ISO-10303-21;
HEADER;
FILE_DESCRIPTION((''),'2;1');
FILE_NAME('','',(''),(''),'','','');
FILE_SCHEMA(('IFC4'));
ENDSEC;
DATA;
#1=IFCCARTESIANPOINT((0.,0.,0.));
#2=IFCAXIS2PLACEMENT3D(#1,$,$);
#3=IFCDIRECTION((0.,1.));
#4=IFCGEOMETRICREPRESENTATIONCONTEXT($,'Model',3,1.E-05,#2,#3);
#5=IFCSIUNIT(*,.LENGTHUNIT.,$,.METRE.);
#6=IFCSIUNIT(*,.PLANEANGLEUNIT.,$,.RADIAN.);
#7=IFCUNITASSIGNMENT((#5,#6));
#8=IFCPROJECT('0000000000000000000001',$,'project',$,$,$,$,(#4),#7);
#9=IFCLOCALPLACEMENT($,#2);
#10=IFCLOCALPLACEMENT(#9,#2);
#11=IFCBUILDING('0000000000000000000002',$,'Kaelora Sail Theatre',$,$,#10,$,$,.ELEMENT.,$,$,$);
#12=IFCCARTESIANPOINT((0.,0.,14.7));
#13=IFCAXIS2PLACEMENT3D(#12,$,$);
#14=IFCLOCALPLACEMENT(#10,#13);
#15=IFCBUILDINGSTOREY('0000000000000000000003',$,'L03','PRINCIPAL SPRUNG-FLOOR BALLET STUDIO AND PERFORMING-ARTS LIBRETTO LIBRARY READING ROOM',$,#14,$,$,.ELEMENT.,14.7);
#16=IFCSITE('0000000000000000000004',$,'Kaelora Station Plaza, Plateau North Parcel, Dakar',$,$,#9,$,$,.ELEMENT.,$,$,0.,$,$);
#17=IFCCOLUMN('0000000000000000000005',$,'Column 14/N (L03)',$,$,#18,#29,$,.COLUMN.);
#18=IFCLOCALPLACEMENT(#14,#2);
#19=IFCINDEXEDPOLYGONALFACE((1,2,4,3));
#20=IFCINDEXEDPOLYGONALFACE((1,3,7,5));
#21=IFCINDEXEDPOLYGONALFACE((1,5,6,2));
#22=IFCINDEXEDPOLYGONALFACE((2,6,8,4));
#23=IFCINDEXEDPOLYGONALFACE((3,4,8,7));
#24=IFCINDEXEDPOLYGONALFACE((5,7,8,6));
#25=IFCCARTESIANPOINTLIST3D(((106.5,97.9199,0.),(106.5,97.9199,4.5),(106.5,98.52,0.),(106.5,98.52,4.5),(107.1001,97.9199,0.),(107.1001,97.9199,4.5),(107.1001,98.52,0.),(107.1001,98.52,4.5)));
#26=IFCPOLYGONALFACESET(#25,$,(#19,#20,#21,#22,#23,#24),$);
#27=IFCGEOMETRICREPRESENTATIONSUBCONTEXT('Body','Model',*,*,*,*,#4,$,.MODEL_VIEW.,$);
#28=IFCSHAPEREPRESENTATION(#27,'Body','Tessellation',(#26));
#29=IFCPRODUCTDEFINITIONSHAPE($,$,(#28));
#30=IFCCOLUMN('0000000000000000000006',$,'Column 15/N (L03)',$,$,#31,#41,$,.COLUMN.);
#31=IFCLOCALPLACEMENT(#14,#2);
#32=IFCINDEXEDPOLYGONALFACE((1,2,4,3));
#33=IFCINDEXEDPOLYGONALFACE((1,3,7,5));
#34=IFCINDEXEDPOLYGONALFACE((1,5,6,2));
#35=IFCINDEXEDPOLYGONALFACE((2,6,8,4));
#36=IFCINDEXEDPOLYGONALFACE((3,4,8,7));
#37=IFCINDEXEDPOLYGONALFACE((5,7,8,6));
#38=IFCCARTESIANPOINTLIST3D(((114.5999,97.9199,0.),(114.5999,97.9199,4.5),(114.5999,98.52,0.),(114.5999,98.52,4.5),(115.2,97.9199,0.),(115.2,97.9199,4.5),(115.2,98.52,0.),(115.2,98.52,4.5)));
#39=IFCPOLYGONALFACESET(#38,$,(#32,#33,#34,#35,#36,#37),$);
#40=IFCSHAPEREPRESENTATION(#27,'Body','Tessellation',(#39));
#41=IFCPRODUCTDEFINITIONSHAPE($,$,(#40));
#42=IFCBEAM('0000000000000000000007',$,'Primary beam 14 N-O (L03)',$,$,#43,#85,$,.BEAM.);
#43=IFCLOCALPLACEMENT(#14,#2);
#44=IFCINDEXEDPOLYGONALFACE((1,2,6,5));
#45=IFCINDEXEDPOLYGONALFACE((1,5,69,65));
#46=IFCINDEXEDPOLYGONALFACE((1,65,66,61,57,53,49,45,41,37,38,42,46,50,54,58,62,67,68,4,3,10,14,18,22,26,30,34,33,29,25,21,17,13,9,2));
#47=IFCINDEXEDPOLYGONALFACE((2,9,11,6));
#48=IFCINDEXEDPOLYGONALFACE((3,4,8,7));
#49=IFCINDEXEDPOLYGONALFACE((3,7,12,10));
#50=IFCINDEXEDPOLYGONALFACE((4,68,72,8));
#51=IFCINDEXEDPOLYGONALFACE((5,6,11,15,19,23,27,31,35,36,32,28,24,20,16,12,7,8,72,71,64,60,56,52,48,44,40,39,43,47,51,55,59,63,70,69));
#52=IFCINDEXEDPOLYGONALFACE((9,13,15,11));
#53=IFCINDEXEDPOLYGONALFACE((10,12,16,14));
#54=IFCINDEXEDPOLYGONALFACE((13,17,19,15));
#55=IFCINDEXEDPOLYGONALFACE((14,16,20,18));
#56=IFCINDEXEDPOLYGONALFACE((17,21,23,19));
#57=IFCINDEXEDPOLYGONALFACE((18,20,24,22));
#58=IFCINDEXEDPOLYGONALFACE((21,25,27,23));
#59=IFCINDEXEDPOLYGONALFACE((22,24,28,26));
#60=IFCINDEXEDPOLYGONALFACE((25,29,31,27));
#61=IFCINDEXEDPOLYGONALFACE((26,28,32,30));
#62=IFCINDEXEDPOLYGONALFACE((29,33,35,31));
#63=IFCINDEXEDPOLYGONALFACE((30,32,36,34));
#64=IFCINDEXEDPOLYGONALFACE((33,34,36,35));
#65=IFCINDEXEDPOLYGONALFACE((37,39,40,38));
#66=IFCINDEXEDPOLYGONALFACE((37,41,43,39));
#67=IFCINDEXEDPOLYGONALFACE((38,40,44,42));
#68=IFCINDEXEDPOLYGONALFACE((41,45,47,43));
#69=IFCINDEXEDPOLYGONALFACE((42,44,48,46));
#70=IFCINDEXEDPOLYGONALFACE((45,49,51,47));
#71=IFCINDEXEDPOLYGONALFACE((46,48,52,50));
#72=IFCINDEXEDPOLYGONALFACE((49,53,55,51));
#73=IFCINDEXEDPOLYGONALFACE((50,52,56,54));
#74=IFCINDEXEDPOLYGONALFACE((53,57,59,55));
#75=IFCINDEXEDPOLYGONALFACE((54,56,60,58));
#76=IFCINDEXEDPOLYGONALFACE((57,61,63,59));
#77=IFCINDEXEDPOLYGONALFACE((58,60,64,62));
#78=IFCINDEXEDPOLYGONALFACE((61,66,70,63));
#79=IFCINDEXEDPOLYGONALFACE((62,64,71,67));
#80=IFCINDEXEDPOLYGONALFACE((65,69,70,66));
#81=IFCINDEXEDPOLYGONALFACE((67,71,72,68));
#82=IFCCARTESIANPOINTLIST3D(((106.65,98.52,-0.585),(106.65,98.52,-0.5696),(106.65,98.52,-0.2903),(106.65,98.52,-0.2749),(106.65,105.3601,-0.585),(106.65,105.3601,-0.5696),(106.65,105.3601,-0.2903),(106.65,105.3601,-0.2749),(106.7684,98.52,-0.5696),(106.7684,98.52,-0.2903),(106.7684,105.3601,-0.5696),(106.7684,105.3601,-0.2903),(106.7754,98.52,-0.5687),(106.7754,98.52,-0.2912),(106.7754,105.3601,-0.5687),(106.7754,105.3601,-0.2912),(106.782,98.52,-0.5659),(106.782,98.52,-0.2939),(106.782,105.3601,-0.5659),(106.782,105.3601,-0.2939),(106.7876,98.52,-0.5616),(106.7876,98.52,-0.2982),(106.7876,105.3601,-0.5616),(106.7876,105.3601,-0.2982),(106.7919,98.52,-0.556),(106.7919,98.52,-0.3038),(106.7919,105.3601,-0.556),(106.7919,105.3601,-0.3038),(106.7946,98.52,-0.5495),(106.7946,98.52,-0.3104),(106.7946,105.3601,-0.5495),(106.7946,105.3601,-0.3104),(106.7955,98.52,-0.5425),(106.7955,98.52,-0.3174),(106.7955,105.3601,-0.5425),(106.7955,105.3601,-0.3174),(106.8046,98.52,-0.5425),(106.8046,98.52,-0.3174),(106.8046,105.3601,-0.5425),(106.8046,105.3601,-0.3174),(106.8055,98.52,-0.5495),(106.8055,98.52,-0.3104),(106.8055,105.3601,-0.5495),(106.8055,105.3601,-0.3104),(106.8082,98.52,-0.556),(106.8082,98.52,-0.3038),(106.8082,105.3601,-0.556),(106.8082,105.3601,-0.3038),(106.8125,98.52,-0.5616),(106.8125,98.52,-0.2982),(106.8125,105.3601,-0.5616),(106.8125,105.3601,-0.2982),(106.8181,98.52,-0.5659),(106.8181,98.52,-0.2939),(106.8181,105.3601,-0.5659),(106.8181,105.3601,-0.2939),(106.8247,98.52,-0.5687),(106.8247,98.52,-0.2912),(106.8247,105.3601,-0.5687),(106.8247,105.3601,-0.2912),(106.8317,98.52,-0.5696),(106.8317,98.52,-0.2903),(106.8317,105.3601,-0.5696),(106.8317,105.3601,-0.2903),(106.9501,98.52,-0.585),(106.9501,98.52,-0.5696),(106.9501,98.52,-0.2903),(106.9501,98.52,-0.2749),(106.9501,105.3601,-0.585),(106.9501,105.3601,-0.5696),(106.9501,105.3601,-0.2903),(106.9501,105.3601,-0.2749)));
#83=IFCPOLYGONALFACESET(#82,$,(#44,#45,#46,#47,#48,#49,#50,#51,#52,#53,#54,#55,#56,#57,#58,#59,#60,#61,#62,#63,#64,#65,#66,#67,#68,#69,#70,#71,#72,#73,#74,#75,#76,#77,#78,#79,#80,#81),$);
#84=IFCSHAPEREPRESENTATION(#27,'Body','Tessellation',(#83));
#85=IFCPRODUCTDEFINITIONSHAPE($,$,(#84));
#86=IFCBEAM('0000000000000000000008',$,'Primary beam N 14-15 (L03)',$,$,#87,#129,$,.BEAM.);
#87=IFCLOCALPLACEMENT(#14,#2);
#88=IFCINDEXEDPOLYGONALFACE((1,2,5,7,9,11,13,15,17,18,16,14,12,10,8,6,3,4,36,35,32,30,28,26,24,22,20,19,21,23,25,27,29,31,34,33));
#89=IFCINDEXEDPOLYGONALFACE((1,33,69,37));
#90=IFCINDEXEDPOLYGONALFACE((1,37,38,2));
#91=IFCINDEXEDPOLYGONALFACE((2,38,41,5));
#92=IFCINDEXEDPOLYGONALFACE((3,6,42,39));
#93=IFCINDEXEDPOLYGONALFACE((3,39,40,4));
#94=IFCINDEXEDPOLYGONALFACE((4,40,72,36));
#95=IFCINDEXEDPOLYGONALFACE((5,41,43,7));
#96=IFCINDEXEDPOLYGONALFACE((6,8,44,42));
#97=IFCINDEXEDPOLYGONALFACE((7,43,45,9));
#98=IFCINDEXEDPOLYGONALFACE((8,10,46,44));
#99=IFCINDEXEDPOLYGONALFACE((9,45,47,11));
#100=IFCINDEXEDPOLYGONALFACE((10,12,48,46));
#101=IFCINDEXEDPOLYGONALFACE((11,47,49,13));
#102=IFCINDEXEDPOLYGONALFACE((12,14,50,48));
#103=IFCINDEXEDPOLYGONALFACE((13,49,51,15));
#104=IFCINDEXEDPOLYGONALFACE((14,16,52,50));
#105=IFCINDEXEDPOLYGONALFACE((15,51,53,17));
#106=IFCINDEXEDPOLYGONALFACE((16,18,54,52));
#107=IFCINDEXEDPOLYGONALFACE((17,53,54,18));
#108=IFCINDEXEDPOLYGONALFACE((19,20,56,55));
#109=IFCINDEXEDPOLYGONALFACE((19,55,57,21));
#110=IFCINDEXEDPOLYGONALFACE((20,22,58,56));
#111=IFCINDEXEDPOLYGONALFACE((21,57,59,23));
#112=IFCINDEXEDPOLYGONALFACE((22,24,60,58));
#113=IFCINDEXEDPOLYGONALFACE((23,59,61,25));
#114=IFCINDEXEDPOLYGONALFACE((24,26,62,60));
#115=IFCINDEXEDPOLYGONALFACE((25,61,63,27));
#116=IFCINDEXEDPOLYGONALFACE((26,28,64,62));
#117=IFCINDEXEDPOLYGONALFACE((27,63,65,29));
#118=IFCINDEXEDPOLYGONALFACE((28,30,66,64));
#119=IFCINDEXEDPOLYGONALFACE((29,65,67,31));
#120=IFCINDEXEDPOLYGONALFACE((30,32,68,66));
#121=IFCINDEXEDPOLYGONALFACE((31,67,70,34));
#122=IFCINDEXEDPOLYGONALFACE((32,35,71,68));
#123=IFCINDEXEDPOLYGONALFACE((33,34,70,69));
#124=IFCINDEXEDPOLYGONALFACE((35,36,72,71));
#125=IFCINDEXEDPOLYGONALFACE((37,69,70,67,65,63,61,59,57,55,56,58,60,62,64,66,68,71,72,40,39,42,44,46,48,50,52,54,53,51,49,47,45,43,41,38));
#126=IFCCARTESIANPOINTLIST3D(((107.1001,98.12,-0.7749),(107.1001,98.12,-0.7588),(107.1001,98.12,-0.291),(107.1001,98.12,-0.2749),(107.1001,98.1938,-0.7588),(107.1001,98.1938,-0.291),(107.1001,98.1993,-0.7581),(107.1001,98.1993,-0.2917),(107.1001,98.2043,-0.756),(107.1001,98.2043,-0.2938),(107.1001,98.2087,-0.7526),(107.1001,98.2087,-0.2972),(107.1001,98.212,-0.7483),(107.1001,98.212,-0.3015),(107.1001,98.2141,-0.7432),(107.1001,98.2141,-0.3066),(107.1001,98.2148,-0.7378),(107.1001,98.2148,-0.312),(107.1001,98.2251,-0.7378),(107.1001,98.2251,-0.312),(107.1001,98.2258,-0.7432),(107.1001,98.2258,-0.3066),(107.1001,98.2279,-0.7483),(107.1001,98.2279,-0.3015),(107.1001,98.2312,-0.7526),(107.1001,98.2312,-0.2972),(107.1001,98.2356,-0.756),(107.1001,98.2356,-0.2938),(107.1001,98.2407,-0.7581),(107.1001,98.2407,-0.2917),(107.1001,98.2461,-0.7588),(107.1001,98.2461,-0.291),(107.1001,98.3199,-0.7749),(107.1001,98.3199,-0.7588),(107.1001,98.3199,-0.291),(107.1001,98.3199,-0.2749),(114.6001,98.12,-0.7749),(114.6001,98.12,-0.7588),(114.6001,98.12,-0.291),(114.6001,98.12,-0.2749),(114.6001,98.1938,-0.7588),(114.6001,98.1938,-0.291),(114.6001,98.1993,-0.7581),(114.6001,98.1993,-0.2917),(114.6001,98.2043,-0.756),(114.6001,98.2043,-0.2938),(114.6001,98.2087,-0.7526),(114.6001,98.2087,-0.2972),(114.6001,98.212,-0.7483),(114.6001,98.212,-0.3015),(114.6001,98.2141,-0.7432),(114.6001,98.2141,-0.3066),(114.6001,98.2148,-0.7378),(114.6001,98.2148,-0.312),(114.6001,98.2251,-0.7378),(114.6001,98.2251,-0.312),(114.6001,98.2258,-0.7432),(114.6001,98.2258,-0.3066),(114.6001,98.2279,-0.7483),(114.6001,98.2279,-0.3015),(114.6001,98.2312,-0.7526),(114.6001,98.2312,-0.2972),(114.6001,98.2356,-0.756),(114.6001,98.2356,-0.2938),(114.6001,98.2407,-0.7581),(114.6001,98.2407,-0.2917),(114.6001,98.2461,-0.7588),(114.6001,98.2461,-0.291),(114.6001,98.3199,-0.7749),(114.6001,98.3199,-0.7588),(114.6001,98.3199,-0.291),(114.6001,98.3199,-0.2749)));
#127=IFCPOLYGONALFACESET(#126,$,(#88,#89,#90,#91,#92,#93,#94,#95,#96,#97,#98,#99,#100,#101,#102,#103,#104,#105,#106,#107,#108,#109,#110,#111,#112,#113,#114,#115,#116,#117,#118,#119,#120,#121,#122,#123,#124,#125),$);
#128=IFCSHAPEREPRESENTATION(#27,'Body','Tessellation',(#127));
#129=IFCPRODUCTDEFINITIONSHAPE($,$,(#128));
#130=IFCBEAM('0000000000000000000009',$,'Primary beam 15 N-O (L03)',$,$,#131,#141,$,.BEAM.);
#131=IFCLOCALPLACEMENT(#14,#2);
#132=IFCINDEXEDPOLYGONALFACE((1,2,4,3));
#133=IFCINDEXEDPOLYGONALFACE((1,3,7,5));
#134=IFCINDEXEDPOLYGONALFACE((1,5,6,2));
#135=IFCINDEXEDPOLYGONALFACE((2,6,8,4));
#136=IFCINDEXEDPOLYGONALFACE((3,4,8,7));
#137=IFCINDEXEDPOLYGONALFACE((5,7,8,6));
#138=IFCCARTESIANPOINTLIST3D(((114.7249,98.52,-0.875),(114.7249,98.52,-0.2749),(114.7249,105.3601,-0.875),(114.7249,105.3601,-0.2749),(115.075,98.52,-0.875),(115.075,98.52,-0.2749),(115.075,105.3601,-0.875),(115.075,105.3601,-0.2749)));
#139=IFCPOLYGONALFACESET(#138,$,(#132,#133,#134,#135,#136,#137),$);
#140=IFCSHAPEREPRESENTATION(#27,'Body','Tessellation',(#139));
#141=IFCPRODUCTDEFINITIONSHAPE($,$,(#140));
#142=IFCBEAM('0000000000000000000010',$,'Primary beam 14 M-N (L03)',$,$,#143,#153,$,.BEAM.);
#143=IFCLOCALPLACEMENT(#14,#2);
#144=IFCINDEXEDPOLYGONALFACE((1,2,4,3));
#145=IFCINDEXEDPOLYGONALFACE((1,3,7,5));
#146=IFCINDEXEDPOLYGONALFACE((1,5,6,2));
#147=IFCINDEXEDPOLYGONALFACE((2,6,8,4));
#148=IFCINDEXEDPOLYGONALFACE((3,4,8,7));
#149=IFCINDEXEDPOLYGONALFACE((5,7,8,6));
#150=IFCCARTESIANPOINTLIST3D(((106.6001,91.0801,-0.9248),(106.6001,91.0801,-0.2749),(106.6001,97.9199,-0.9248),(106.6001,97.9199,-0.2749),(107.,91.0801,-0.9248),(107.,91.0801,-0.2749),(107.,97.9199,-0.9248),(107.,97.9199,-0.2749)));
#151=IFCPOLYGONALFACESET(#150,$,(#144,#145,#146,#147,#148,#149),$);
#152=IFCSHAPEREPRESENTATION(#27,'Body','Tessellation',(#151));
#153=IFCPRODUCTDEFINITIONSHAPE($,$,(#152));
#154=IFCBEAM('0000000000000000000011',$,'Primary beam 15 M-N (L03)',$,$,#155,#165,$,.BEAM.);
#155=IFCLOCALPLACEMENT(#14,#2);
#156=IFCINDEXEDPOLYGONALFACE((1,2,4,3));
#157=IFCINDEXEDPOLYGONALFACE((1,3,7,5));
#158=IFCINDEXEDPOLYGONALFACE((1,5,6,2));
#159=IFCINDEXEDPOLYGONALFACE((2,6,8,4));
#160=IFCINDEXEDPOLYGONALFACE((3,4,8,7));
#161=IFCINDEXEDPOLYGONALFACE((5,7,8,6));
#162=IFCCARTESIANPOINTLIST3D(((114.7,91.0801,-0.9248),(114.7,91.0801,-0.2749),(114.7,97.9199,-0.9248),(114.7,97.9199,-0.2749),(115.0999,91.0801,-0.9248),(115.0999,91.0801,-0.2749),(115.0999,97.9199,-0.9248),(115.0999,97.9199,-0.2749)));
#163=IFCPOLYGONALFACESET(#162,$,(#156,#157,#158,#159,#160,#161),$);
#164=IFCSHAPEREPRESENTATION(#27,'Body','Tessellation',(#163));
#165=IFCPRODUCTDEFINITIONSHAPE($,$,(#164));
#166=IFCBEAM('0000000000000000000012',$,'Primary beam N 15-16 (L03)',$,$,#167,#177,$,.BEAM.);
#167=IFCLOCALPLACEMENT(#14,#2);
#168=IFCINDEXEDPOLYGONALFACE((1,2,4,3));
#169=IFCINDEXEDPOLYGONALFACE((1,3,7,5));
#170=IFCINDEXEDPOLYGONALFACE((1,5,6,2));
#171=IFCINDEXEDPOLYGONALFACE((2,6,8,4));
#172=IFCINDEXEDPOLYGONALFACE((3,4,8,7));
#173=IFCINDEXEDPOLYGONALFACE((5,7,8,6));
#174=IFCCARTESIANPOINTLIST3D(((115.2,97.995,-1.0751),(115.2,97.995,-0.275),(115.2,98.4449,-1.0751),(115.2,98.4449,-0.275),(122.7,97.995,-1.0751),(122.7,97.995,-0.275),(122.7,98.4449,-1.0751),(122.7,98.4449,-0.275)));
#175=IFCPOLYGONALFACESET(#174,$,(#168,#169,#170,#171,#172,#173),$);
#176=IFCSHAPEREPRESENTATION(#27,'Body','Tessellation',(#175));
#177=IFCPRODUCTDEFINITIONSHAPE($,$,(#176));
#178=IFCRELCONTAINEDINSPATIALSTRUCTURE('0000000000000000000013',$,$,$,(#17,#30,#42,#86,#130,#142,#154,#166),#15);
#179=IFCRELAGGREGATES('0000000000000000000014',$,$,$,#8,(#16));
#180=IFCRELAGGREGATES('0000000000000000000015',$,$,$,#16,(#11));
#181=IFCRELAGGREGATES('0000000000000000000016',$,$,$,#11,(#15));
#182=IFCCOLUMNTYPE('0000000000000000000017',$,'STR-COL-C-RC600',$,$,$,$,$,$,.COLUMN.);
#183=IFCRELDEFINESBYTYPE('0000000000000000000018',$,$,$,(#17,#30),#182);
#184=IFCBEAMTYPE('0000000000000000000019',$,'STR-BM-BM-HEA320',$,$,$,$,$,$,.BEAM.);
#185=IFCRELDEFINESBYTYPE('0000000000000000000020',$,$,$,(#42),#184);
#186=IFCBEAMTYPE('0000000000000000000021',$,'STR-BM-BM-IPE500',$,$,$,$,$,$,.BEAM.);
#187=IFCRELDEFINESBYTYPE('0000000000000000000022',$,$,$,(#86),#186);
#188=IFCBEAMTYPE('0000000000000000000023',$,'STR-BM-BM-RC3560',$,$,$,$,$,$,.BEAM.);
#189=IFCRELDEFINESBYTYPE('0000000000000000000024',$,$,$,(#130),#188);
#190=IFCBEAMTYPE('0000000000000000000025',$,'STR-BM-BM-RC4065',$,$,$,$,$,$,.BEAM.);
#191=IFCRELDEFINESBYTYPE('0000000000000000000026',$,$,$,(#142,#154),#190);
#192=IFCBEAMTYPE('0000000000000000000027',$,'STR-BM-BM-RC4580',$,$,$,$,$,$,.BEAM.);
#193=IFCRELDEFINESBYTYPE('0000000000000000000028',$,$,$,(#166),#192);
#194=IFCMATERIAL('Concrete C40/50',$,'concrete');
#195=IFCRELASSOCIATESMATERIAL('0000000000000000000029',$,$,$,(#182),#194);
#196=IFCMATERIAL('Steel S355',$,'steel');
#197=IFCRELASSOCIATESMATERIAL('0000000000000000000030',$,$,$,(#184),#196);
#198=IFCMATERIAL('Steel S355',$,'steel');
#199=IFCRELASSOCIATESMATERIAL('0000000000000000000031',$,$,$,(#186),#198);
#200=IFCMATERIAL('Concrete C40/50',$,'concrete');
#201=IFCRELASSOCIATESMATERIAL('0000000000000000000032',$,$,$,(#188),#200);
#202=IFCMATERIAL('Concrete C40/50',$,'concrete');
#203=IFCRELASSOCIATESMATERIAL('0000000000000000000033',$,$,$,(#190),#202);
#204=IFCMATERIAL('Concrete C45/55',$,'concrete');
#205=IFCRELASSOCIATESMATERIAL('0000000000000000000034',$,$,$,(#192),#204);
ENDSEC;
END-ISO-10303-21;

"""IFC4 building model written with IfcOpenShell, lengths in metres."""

from ifc_helpers import new_model, si_unit, direction, frame, origin, origin_2d, place, context, subcontext, project, spatial, rectangle, i_section, extrude, material, material_profile, profile_set, type_object, element, save


model = new_model("IFC4")

# Units and contexts
model_context = context("Model", 3, precision=1e-05, world=origin(), true_north=direction((0.0, 1.0)))
body_context = subcontext(model_context, "Body", "Model", "MODEL_VIEW")
ifc_project = project(units=[si_unit("LENGTHUNIT", "METRE"), si_unit("PLANEANGLEUNIT", "RADIAN")], contexts=[model_context])

# Site, building, storey
site_placement = place(None, origin())
site = spatial("IfcSite", under=ifc_project, at=site_placement, Name="Kaelora Station Plaza, Plateau North Parcel, Dakar", CompositionType="ELEMENT", RefElevation=0.0)
building_placement = place(site_placement, origin())
building = spatial("IfcBuilding", under=site, at=building_placement, Name="Kaelora Sail Theatre", CompositionType="ELEMENT")
storey_placement = place(building_placement, frame((0.0, 0.0, 14.7)))
storey = spatial("IfcBuildingStorey", under=building, at=storey_placement, Name="L03", Description="PRINCIPAL SPRUNG-FLOOR BALLET STUDIO AND PERFORMING-ARTS LIBRETTO LIBRARY READING ROOM", CompositionType="ELEMENT", Elevation=14.7)

# Columns
ifc_material_1 = material(Name="Concrete C40/50", Category="concrete")
ifc_material_profile_1 = material_profile(ifc_material_1, rectangle(XDim=0.6001, YDim=0.6001, at=origin_2d()), Name="RC-COL 600x600")
ifc_profile_set_1 = profile_set([ifc_material_profile_1], Name="Concrete C40/50")
column_type = type_object("IfcColumnType", Name="STR-COL-C-RC600", PredefinedType="COLUMN", material=ifc_profile_set_1)
for number, where, z_axis, x_axis, name in (
    (1, (106.8, 98.22, 0.0), (0.0, 0.0, 1.0), (1.0, 0.0, 0.0), "Column 14/N (L03)"),
    (2, (114.8999, 98.22, 0.0), (0.0, 0.0, 1.0), (1.0, 0.0, 0.0), "Column 15/N (L03)"),
):
    element("IfcColumn", number, at=place(storey_placement, frame(where, z_axis=z_axis, x_axis=x_axis)), inside=storey, type_object=column_type, Name=name, PredefinedType="COLUMN", context=body_context, shape_type="SweptSolid", body=[
        extrude(rectangle(XDim=0.6001, YDim=0.6001, at=origin_2d()), origin(), (0.0, 0.0, 1.0), 4.5),
    ])

# Beams
ifc_material_2 = material(Name="Steel S355", Category="steel")
ifc_material_profile_2 = material_profile(ifc_material_2, i_section(OverallWidth=0.3, OverallDepth=0.3101, WebThickness=0.009, FlangeThickness=0.0154, FilletRadius=0.0271, at=origin_2d()), Name="HEA 320")
ifc_profile_set_2 = profile_set([ifc_material_profile_2], Name="Steel S355")
beam_type_1 = type_object("IfcBeamType", Name="STR-BM-BM-HEA320", PredefinedType="BEAM", material=ifc_profile_set_2)
beam_1_placement = place(storey_placement, frame((106.8, 98.52, -0.4299), z_axis=(0.0, 1.0, 0.0), x_axis=(-1.0, 0.0, 0.0)))
element("IfcBeam", 3, at=beam_1_placement, inside=storey, type_object=beam_type_1, Name="Primary beam 14 N-O (L03)", PredefinedType="BEAM", context=body_context, shape_type="SweptSolid", body=[
    extrude(i_section(OverallWidth=0.3, OverallDepth=0.3101, WebThickness=0.009, FlangeThickness=0.0154, FilletRadius=0.0271, at=origin_2d()), origin(), (0.0, 0.0, 1.0), 6.8401),
])
ifc_material_3 = material(Name="Steel S355", Category="steel")
ifc_material_profile_3 = material_profile(ifc_material_3, i_section(OverallWidth=0.2, OverallDepth=0.5, WebThickness=0.0103, FlangeThickness=0.0161, FilletRadius=0.021, at=origin_2d()), Name="IPE 500")
ifc_profile_set_3 = profile_set([ifc_material_profile_3], Name="Steel S355")
beam_type_2 = type_object("IfcBeamType", Name="STR-BM-BM-IPE500", PredefinedType="BEAM", material=ifc_profile_set_3)
beam_2_placement = place(storey_placement, frame((107.1001, 98.22, -0.5249), z_axis=(1.0, 0.0, 0.0), x_axis=(0.0, 1.0, 0.0)))
element("IfcBeam", 4, at=beam_2_placement, inside=storey, type_object=beam_type_2, Name="Primary beam N 14-15 (L03)", PredefinedType="BEAM", context=body_context, shape_type="SweptSolid", body=[
    extrude(i_section(OverallWidth=0.2, OverallDepth=0.5, WebThickness=0.0103, FlangeThickness=0.0161, FilletRadius=0.021, at=origin_2d()), origin(), (0.0, 0.0, 1.0), 7.5),
])
ifc_material_4 = material(Name="Concrete C40/50", Category="concrete")
ifc_material_profile_4 = material_profile(ifc_material_4, rectangle(XDim=0.3501, YDim=0.6001, at=origin_2d()), Name="RC-BM 350x600")
ifc_profile_set_4 = profile_set([ifc_material_profile_4], Name="Concrete C40/50")
beam_type_3 = type_object("IfcBeamType", Name="STR-BM-BM-RC3560", PredefinedType="BEAM", material=ifc_profile_set_4)
beam_3_placement = place(storey_placement, frame((114.8999, 98.52, -0.575), z_axis=(0.0, 1.0, 0.0), x_axis=(-1.0, 0.0, 0.0)))
element("IfcBeam", 5, at=beam_3_placement, inside=storey, type_object=beam_type_3, Name="Primary beam 15 N-O (L03)", PredefinedType="BEAM", context=body_context, shape_type="SweptSolid", body=[
    extrude(rectangle(XDim=0.3501, YDim=0.6001, at=origin_2d()), origin(), (0.0, 0.0, 1.0), 6.8401),
])
ifc_material_5 = material(Name="Concrete C40/50", Category="concrete")
ifc_material_profile_5 = material_profile(ifc_material_5, rectangle(XDim=0.3999, YDim=0.6499, at=origin_2d()), Name="RC-BM 400x650")
ifc_profile_set_5 = profile_set([ifc_material_profile_5], Name="Concrete C40/50")
beam_type_4 = type_object("IfcBeamType", Name="STR-BM-BM-RC4065", PredefinedType="BEAM", material=ifc_profile_set_5)
for number, where, z_axis, x_axis, name in (
    (6, (106.8, 91.0801, -0.5999), (0.0, 1.0, 0.0), (-1.0, 0.0, 0.0), "Primary beam 14 M-N (L03)"),
    (7, (114.8999, 91.0801, -0.5999), (0.0, 1.0, 0.0), (-1.0, 0.0, 0.0), "Primary beam 15 M-N (L03)"),
):
    element("IfcBeam", number, at=place(storey_placement, frame(where, z_axis=z_axis, x_axis=x_axis)), inside=storey, type_object=beam_type_4, Name=name, PredefinedType="BEAM", context=body_context, shape_type="SweptSolid", body=[
        extrude(rectangle(XDim=0.3999, YDim=0.6499, at=origin_2d()), origin(), (0.0, 0.0, 1.0), 6.8398),
    ])
ifc_material_6 = material(Name="Concrete C45/55", Category="concrete")
ifc_material_profile_6 = material_profile(ifc_material_6, rectangle(XDim=0.45, YDim=0.8, at=origin_2d()), Name="RC-BM 450x800")
ifc_profile_set_6 = profile_set([ifc_material_profile_6], Name="Concrete C45/55")
beam_type_5 = type_object("IfcBeamType", Name="STR-BM-BM-RC4580", PredefinedType="BEAM", material=ifc_profile_set_6)
beam_4_placement = place(storey_placement, frame((115.2, 98.22, -0.675), z_axis=(1.0, 0.0, 0.0), x_axis=(0.0, 1.0, 0.0)))
element("IfcBeam", 8, at=beam_4_placement, inside=storey, type_object=beam_type_5, Name="Primary beam N 15-16 (L03)", PredefinedType="BEAM", context=body_context, shape_type="SweptSolid", body=[
    extrude(rectangle(XDim=0.45, YDim=0.8, at=origin_2d()), origin(), (0.0, 0.0, 1.0), 7.5),
])

save(model, "model.ifc")
